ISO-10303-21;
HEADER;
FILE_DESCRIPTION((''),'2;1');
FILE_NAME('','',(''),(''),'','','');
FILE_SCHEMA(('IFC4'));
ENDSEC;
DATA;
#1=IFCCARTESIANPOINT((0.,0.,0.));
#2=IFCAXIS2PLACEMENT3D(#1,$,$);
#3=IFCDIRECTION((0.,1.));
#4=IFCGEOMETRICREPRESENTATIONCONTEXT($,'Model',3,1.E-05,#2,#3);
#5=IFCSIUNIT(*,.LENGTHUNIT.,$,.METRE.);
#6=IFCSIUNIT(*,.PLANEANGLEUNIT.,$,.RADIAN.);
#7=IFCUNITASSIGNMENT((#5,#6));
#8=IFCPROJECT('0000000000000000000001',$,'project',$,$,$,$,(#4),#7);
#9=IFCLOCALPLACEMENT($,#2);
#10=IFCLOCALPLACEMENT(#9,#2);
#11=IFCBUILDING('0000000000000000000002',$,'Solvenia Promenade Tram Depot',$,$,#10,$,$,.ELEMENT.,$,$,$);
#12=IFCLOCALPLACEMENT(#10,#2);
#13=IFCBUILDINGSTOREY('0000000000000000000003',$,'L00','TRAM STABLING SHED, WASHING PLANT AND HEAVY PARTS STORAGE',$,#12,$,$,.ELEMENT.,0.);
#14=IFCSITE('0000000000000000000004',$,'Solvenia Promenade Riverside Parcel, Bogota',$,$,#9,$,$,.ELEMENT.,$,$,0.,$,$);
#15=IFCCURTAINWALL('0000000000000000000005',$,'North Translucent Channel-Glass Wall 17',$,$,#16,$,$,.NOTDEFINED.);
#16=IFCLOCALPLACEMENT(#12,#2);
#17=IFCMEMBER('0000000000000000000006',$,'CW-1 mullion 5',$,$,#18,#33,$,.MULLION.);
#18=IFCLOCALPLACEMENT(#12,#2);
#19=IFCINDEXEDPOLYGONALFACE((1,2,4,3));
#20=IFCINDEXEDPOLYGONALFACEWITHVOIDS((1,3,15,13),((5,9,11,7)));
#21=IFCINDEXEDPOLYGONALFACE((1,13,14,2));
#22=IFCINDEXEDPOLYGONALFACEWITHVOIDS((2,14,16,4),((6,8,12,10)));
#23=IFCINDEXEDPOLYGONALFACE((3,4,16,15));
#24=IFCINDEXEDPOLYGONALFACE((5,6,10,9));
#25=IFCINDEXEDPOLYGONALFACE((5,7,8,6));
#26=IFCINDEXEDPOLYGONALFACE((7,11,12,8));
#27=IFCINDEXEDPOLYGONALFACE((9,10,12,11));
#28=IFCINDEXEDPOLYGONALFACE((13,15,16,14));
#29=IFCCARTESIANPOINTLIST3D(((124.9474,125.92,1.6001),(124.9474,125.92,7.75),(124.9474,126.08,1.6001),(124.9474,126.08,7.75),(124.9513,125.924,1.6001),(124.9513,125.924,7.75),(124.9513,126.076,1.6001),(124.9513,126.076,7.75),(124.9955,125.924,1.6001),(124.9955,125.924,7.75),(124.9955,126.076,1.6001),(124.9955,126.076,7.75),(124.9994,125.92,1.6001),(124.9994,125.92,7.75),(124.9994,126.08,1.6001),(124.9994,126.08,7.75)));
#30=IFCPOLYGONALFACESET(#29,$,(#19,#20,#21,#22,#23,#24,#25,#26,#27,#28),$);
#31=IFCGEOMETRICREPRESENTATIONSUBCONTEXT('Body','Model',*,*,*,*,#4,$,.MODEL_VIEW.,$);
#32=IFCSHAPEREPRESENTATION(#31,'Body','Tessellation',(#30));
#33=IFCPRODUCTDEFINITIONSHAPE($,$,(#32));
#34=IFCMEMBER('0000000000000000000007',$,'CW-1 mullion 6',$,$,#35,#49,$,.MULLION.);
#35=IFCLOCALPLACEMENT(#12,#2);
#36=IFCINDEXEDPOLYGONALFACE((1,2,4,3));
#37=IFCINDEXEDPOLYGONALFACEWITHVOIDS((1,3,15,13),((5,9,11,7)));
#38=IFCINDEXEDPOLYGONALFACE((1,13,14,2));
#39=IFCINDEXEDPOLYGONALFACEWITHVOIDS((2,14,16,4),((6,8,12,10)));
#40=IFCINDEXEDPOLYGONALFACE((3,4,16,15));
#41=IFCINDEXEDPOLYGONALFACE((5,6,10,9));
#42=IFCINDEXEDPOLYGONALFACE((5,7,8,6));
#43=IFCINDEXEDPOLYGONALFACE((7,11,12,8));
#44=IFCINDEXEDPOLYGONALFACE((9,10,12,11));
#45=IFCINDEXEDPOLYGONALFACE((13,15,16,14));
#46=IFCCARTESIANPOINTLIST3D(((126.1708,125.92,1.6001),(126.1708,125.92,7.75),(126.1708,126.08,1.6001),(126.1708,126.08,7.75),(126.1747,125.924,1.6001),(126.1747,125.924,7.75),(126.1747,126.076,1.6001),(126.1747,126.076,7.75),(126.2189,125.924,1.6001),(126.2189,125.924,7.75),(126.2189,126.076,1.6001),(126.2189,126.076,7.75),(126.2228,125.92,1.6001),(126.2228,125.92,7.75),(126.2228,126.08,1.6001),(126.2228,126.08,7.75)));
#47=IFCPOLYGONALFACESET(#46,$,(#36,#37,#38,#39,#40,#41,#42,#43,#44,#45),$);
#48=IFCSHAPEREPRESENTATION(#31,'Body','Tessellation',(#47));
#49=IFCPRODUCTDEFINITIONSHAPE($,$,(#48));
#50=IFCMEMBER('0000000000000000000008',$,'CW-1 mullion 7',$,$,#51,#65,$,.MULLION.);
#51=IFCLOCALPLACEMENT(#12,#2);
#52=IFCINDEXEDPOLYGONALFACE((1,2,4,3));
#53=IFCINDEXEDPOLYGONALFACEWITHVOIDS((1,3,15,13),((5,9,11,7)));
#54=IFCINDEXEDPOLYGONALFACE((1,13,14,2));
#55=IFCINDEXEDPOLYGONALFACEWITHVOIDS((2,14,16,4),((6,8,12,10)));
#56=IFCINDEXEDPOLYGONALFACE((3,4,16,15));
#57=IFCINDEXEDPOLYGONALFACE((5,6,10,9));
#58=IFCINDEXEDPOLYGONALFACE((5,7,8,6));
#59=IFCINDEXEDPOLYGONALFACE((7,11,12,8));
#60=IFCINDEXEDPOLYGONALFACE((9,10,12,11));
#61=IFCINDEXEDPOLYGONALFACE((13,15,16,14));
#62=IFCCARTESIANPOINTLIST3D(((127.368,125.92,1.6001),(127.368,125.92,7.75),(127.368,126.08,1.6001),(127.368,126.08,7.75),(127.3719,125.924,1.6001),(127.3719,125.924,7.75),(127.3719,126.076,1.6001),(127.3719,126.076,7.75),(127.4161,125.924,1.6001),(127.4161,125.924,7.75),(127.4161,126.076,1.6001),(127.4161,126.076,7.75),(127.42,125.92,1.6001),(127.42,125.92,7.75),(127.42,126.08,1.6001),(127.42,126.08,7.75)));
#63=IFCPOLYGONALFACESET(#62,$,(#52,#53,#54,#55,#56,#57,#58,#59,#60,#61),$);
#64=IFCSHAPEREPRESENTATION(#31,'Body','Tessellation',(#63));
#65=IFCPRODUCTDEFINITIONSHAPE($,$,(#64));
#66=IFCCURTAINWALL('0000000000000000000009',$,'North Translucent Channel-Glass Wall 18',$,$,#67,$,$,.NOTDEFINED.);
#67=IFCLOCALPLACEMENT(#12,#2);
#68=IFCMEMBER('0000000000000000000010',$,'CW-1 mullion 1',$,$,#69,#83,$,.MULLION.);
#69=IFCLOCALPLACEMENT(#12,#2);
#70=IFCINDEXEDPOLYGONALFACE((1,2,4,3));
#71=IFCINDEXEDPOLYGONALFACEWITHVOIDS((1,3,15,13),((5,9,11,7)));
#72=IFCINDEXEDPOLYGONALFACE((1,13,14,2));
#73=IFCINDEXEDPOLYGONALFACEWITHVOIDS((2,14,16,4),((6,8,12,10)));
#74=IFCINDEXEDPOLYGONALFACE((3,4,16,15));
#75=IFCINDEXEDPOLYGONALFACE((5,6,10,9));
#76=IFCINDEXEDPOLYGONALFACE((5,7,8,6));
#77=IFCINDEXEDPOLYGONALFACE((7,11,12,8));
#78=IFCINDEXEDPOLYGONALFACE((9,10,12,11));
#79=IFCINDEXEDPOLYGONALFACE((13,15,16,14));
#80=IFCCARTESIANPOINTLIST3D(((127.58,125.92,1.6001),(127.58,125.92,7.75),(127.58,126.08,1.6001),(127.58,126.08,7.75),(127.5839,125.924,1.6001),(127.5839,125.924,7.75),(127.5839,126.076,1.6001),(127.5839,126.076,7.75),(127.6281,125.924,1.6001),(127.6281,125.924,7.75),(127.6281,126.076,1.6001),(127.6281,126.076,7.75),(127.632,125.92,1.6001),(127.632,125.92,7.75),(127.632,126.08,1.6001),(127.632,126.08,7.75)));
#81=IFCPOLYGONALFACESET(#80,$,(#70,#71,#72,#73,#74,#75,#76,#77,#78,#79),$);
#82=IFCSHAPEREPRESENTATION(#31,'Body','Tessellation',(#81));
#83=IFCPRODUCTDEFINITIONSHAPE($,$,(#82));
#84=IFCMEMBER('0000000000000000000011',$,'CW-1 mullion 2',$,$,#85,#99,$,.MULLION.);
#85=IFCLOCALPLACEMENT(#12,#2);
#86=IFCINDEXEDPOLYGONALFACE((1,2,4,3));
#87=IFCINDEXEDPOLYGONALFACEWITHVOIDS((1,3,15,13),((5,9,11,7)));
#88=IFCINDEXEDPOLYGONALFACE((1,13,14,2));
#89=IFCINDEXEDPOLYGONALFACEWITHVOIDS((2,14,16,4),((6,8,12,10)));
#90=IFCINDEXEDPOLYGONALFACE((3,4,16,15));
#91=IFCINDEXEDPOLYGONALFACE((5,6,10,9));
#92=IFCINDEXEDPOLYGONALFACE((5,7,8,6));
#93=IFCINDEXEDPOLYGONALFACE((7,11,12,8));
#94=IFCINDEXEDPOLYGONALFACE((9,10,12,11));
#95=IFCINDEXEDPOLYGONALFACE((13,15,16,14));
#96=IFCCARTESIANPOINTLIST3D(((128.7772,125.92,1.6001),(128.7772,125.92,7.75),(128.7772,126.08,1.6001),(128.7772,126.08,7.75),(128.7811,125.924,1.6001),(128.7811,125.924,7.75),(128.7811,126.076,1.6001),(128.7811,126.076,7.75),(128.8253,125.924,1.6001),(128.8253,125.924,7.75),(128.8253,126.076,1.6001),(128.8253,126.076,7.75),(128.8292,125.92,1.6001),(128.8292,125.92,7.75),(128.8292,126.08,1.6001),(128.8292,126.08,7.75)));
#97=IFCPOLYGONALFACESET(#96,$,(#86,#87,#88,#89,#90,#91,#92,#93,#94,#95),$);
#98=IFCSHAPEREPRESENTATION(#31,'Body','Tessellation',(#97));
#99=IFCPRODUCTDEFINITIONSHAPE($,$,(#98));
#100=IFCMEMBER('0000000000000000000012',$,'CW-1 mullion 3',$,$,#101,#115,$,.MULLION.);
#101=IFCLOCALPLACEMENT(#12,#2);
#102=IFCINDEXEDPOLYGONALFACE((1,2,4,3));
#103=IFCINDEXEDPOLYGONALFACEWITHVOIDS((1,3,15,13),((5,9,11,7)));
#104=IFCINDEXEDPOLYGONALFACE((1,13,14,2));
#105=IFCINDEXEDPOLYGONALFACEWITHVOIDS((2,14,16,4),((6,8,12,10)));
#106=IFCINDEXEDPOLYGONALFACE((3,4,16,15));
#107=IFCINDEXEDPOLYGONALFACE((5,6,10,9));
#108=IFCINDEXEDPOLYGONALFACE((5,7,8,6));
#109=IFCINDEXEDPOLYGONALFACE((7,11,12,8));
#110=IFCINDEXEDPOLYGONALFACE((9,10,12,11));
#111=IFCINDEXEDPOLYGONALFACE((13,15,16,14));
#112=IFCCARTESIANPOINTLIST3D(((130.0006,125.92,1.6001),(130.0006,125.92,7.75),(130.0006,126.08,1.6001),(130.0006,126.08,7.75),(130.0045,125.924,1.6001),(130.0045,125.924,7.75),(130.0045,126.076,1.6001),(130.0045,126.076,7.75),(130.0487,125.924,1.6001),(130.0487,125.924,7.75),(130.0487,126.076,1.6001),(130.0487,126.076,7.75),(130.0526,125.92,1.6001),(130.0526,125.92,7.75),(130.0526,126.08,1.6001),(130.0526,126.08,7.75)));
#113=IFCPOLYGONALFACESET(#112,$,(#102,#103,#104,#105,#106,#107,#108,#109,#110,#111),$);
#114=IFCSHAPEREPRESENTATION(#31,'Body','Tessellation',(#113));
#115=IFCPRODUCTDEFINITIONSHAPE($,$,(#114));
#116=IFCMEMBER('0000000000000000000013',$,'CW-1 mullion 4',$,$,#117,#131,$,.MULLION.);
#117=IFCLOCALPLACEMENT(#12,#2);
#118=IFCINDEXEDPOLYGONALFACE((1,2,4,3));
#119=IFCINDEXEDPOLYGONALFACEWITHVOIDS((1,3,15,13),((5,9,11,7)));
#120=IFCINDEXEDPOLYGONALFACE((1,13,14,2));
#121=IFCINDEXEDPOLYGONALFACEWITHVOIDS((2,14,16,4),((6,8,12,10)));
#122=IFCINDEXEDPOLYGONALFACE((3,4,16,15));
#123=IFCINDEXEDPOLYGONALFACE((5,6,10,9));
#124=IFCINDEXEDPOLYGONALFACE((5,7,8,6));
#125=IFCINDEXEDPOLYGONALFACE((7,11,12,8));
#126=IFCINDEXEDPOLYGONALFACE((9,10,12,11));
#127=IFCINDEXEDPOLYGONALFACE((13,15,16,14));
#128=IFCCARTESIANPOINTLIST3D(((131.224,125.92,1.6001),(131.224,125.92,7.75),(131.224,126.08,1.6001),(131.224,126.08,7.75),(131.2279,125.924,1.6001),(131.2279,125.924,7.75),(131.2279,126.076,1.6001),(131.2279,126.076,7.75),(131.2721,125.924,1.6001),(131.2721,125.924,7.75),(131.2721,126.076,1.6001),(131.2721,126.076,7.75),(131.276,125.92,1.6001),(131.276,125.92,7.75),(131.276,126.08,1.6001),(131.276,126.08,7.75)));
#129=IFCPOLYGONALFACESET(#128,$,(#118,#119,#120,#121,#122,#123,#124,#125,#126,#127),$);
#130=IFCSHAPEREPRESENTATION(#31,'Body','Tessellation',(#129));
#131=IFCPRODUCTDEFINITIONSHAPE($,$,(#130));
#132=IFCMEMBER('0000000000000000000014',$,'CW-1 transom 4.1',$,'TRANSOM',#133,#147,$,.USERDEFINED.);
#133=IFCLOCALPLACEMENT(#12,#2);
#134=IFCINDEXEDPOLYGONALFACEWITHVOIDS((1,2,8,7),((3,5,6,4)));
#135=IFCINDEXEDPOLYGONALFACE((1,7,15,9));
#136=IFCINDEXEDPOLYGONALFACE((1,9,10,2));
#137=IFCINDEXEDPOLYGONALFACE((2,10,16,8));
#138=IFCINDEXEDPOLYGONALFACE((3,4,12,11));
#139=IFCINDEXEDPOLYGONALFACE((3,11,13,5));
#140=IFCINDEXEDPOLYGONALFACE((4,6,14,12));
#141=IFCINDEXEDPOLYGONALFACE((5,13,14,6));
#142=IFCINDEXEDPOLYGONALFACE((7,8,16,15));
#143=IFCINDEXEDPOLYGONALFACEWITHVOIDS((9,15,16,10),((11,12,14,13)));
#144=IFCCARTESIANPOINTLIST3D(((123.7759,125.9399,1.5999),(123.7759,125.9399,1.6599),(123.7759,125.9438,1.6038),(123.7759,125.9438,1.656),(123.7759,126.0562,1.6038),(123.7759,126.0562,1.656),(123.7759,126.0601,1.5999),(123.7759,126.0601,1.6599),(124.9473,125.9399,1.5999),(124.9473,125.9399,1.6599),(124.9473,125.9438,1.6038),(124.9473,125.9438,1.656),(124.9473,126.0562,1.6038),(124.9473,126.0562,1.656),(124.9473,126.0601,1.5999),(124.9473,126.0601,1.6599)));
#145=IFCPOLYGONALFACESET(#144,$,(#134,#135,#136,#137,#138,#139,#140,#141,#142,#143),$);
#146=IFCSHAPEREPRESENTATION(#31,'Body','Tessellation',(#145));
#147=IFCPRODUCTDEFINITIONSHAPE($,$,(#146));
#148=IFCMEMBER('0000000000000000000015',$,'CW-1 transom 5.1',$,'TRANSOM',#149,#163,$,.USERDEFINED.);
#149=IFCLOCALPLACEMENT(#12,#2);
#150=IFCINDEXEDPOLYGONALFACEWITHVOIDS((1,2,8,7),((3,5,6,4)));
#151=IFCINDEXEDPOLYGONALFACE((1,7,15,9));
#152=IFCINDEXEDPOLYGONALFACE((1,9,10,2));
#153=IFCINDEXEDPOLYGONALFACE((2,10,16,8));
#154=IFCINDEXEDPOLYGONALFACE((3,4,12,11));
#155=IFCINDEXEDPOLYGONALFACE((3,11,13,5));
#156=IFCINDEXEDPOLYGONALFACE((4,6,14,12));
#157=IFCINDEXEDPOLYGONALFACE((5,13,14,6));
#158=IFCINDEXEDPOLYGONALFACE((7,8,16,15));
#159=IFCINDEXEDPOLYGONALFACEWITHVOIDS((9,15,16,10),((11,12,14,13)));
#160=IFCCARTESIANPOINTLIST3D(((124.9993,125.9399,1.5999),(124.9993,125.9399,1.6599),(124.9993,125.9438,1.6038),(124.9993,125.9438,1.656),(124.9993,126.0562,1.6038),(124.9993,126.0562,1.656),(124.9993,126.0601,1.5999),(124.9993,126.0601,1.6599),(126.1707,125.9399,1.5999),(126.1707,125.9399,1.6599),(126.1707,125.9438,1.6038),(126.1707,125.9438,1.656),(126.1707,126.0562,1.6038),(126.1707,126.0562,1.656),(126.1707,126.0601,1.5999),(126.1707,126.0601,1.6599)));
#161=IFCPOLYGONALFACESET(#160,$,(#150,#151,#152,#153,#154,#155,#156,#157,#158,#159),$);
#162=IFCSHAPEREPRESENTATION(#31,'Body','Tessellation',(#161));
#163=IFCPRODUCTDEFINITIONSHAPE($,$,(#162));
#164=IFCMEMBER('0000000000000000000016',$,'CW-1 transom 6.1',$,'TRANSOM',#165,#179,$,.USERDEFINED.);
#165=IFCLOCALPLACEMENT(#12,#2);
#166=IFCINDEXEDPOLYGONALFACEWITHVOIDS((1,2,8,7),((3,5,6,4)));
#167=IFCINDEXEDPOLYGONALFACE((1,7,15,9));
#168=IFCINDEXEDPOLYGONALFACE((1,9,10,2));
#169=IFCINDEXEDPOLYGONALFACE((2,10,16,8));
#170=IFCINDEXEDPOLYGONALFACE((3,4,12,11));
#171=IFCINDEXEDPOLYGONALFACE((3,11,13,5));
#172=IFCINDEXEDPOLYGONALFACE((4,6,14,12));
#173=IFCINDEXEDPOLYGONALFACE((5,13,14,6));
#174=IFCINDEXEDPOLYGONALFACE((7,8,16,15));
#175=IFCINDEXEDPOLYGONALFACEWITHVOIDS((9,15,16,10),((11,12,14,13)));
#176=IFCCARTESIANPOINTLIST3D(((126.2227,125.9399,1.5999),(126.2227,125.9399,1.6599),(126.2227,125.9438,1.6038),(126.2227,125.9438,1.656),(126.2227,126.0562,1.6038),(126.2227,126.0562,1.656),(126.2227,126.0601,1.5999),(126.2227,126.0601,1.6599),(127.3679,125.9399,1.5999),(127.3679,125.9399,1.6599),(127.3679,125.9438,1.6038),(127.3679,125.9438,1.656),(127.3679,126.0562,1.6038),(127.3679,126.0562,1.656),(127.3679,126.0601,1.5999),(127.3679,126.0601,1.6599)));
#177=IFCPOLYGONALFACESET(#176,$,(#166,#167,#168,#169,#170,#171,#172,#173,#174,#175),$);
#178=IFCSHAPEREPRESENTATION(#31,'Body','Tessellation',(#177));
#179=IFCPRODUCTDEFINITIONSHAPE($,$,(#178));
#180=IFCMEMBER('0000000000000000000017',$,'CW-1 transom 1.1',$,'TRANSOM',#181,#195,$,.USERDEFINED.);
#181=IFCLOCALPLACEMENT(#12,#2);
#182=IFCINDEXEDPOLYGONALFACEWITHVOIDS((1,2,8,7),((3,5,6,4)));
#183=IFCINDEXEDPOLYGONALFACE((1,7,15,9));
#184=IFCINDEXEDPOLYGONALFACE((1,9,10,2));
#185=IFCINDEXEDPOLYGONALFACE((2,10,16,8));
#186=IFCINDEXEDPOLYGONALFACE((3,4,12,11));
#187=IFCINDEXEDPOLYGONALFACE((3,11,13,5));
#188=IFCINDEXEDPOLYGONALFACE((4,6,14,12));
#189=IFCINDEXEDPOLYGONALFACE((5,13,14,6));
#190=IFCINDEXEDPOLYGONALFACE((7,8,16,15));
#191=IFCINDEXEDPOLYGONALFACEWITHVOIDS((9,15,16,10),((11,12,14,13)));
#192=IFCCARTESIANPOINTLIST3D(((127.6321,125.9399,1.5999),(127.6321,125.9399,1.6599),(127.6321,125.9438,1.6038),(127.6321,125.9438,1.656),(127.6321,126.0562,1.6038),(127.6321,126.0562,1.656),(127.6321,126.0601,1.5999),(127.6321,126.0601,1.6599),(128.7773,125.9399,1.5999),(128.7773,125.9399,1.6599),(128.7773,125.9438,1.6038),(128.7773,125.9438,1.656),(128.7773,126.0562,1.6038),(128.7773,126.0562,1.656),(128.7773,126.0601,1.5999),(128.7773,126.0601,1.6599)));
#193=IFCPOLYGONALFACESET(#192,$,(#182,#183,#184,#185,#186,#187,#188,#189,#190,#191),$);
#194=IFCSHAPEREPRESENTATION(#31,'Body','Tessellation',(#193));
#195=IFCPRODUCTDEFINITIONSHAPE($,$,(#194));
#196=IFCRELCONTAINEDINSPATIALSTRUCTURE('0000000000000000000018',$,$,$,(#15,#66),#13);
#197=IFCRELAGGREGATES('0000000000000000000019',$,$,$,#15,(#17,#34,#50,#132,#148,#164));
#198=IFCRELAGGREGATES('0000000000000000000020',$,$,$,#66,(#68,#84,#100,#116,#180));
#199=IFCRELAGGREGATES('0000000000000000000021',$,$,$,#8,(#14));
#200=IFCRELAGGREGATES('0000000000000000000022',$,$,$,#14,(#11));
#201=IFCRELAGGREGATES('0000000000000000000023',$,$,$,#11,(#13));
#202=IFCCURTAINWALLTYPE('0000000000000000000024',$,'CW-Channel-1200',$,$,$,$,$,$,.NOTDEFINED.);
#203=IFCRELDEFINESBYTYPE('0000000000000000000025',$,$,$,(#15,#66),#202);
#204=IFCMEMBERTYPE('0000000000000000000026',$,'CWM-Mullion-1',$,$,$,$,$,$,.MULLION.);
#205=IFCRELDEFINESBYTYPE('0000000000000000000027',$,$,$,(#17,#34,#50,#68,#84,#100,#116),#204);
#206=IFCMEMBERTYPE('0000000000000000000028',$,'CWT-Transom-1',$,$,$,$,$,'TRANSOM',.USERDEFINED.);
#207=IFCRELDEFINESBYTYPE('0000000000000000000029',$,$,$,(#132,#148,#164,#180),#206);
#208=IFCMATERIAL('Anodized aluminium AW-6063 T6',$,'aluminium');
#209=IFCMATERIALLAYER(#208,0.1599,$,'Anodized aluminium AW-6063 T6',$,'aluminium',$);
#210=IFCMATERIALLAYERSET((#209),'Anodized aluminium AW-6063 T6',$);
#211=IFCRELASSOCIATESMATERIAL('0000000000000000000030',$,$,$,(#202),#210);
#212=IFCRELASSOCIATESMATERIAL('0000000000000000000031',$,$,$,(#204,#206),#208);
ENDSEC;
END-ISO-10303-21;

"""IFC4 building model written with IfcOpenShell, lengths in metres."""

from ifc_helpers import new_model, si_unit, direction, frame, origin, origin_2d, place, context, subcontext, project, spatial, hollow_rectangle, extrude, material, layer, layer_set, material_profile, profile_set, type_object, element, aggregate, save


model = new_model("IFC4")

# Units and contexts
model_context = context("Model", 3, precision=1e-05, world=origin(), true_north=direction((0.0, 1.0)))
body_context = subcontext(model_context, "Body", "Model", "MODEL_VIEW")
ifc_project = project(units=[si_unit("LENGTHUNIT", "METRE"), si_unit("PLANEANGLEUNIT", "RADIAN")], contexts=[model_context])

# Site, building, storey
site_placement = place(None, origin())
site = spatial("IfcSite", under=ifc_project, at=site_placement, Name="Solvenia Promenade Riverside Parcel, Bogota", CompositionType="ELEMENT", RefElevation=0.0)
building_placement = place(site_placement, origin())
building = spatial("IfcBuilding", under=site, at=building_placement, Name="Solvenia Promenade Tram Depot", CompositionType="ELEMENT")
storey_placement = place(building_placement, origin())
storey = spatial("IfcBuildingStorey", under=building, at=storey_placement, Name="L00", Description="TRAM STABLING SHED, WASHING PLANT AND HEAVY PARTS STORAGE", CompositionType="ELEMENT", Elevation=0.0)

# Curtain walls, members
ifc_material_1 = material(Name="Anodized aluminium AW-6063 T6", Category="aluminium")
ifc_layer_1 = layer(ifc_material_1, 0.1599, Name="Anodized aluminium AW-6063 T6", Category="aluminium")
ifc_layer_set_1 = layer_set([ifc_layer_1], Name="Anodized aluminium AW-6063 T6")
curtain_wall_type = type_object("IfcCurtainWallType", Name="CW-Channel-1200", PredefinedType="NOTDEFINED", material=ifc_layer_set_1)
curtain_wall_1_placement = place(storey_placement, origin())
curtain_wall_1 = element("IfcCurtainWall", 1, at=curtain_wall_1_placement, inside=storey, type_object=curtain_wall_type, Name="North Translucent Channel-Glass Wall 17", PredefinedType="NOTDEFINED")
ifc_material_profile_1 = material_profile(ifc_material_1, hollow_rectangle(XDim=0.1599, YDim=0.052, WallThickness=0.0039, at=origin_2d()), Name="ALU-M1", Category="aluminium")
ifc_profile_set_1 = profile_set([ifc_material_profile_1], Name="Anodized aluminium AW-6063 T6")
member_type_1 = type_object("IfcMemberType", Name="CWM-Mullion-1", PredefinedType="MULLION", material=ifc_profile_set_1)
member_1_placement = place(storey_placement, frame((124.9734, 126.0, 1.6001), z_axis=(0.0, 0.0, 1.0), x_axis=(0.0, 1.0, 0.0)))
member_1 = element("IfcMember", 2, at=member_1_placement, type_object=member_type_1, Name="CW-1 mullion 5", PredefinedType="MULLION", context=body_context, shape_type="SweptSolid", body=[
    extrude(hollow_rectangle(XDim=0.1599, YDim=0.052, WallThickness=0.0039, at=origin_2d()), origin(), (0.0, 0.0, 1.0), 6.1499),
])
member_2_placement = place(storey_placement, frame((126.1968, 126.0, 1.6001), z_axis=(0.0, 0.0, 1.0), x_axis=(0.0, 1.0, 0.0)))
member_2 = element("IfcMember", 3, at=member_2_placement, type_object=member_type_1, Name="CW-1 mullion 6", PredefinedType="MULLION", context=body_context, shape_type="SweptSolid", body=[
    extrude(hollow_rectangle(XDim=0.1599, YDim=0.052, WallThickness=0.0039, at=origin_2d()), origin(), (0.0, 0.0, 1.0), 6.1499),
])
member_3_placement = place(storey_placement, frame((127.394, 126.0, 1.6001), z_axis=(0.0, 0.0, 1.0), x_axis=(0.0, 1.0, 0.0)))
member_3 = element("IfcMember", 4, at=member_3_placement, type_object=member_type_1, Name="CW-1 mullion 7", PredefinedType="MULLION", context=body_context, shape_type="SweptSolid", body=[
    extrude(hollow_rectangle(XDim=0.1599, YDim=0.052, WallThickness=0.0039, at=origin_2d()), origin(), (0.0, 0.0, 1.0), 6.1499),
])
curtain_wall_2_placement = place(storey_placement, origin())
curtain_wall_2 = element("IfcCurtainWall", 5, at=curtain_wall_2_placement, inside=storey, type_object=curtain_wall_type, Name="North Translucent Channel-Glass Wall 18", PredefinedType="NOTDEFINED")
member_4_placement = place(storey_placement, frame((127.606, 126.0, 1.6001), z_axis=(0.0, 0.0, 1.0), x_axis=(0.0, 1.0, 0.0)))
member_4 = element("IfcMember", 6, at=member_4_placement, type_object=member_type_1, Name="CW-1 mullion 1", PredefinedType="MULLION", context=body_context, shape_type="SweptSolid", body=[
    extrude(hollow_rectangle(XDim=0.1599, YDim=0.052, WallThickness=0.0039, at=origin_2d()), origin(), (0.0, 0.0, 1.0), 6.1499),
])
member_5_placement = place(storey_placement, frame((128.8032, 126.0, 1.6001), z_axis=(0.0, 0.0, 1.0), x_axis=(0.0, 1.0, 0.0)))
member_5 = element("IfcMember", 7, at=member_5_placement, type_object=member_type_1, Name="CW-1 mullion 2", PredefinedType="MULLION", context=body_context, shape_type="SweptSolid", body=[
    extrude(hollow_rectangle(XDim=0.1599, YDim=0.052, WallThickness=0.0039, at=origin_2d()), origin(), (0.0, 0.0, 1.0), 6.1499),
])
member_6_placement = place(storey_placement, frame((130.0266, 126.0, 1.6001), z_axis=(0.0, 0.0, 1.0), x_axis=(0.0, 1.0, 0.0)))
member_6 = element("IfcMember", 8, at=member_6_placement, type_object=member_type_1, Name="CW-1 mullion 3", PredefinedType="MULLION", context=body_context, shape_type="SweptSolid", body=[
    extrude(hollow_rectangle(XDim=0.1599, YDim=0.052, WallThickness=0.0039, at=origin_2d()), origin(), (0.0, 0.0, 1.0), 6.1499),
])
member_7_placement = place(storey_placement, frame((131.25, 126.0, 1.6001), z_axis=(0.0, 0.0, 1.0), x_axis=(0.0, 1.0, 0.0)))
member_7 = element("IfcMember", 9, at=member_7_placement, type_object=member_type_1, Name="CW-1 mullion 4", PredefinedType="MULLION", context=body_context, shape_type="SweptSolid", body=[
    extrude(hollow_rectangle(XDim=0.1599, YDim=0.052, WallThickness=0.0039, at=origin_2d()), origin(), (0.0, 0.0, 1.0), 6.1499),
])

# Members
ifc_material_profile_2 = material_profile(ifc_material_1, hollow_rectangle(XDim=0.1201, YDim=0.0601, WallThickness=0.0039, at=origin_2d()), Name="ALU-T1", Category="aluminium")
ifc_profile_set_2 = profile_set([ifc_material_profile_2], Name="Anodized aluminium AW-6063 T6")
member_type_2 = type_object("IfcMemberType", Name="CWT-Transom-1", ElementType="TRANSOM", PredefinedType="USERDEFINED", material=ifc_profile_set_2)
member_8_placement = place(storey_placement, frame((123.7759, 126.0, 1.6299), z_axis=(1.0, 0.0, 0.0), x_axis=(0.0, 1.0, 0.0)))
member_8 = element("IfcMember", 10, at=member_8_placement, type_object=member_type_2, Name="CW-1 transom 4.1", ObjectType="TRANSOM", PredefinedType="USERDEFINED", context=body_context, shape_type="SweptSolid", body=[
    extrude(hollow_rectangle(XDim=0.1201, YDim=0.0601, WallThickness=0.0039, at=origin_2d()), origin(), (0.0, 0.0, 1.0), 1.1714),
])
member_9_placement = place(storey_placement, frame((124.9993, 126.0, 1.6299), z_axis=(1.0, 0.0, 0.0), x_axis=(0.0, 1.0, 0.0)))
member_9 = element("IfcMember", 11, at=member_9_placement, type_object=member_type_2, Name="CW-1 transom 5.1", ObjectType="TRANSOM", PredefinedType="USERDEFINED", context=body_context, shape_type="SweptSolid", body=[
    extrude(hollow_rectangle(XDim=0.1201, YDim=0.0601, WallThickness=0.0039, at=origin_2d()), origin(), (0.0, 0.0, 1.0), 1.1714),
])
member_10_placement = place(storey_placement, frame((126.2227, 126.0, 1.6299), z_axis=(1.0, 0.0, 0.0), x_axis=(0.0, 1.0, 0.0)))
member_10 = element("IfcMember", 12, at=member_10_placement, type_object=member_type_2, Name="CW-1 transom 6.1", ObjectType="TRANSOM", PredefinedType="USERDEFINED", context=body_context, shape_type="SweptSolid", body=[
    extrude(hollow_rectangle(XDim=0.1201, YDim=0.0601, WallThickness=0.0039, at=origin_2d()), origin(), (0.0, 0.0, 1.0), 1.1453),
])
member_11_placement = place(storey_placement, frame((127.6321, 126.0, 1.6299), z_axis=(1.0, 0.0, 0.0), x_axis=(0.0, 1.0, 0.0)))
member_11 = element("IfcMember", 13, at=member_11_placement, type_object=member_type_2, Name="CW-1 transom 1.1", ObjectType="TRANSOM", PredefinedType="USERDEFINED", context=body_context, shape_type="SweptSolid", body=[
    extrude(hollow_rectangle(XDim=0.1201, YDim=0.0601, WallThickness=0.0039, at=origin_2d()), origin(), (0.0, 0.0, 1.0), 1.1453),
])

aggregate(curtain_wall_1, [member_1, member_2, member_3, member_8, member_9, member_10])
aggregate(curtain_wall_2, [member_4, member_5, member_6, member_7, member_11])

save(model, "model.ifc")
